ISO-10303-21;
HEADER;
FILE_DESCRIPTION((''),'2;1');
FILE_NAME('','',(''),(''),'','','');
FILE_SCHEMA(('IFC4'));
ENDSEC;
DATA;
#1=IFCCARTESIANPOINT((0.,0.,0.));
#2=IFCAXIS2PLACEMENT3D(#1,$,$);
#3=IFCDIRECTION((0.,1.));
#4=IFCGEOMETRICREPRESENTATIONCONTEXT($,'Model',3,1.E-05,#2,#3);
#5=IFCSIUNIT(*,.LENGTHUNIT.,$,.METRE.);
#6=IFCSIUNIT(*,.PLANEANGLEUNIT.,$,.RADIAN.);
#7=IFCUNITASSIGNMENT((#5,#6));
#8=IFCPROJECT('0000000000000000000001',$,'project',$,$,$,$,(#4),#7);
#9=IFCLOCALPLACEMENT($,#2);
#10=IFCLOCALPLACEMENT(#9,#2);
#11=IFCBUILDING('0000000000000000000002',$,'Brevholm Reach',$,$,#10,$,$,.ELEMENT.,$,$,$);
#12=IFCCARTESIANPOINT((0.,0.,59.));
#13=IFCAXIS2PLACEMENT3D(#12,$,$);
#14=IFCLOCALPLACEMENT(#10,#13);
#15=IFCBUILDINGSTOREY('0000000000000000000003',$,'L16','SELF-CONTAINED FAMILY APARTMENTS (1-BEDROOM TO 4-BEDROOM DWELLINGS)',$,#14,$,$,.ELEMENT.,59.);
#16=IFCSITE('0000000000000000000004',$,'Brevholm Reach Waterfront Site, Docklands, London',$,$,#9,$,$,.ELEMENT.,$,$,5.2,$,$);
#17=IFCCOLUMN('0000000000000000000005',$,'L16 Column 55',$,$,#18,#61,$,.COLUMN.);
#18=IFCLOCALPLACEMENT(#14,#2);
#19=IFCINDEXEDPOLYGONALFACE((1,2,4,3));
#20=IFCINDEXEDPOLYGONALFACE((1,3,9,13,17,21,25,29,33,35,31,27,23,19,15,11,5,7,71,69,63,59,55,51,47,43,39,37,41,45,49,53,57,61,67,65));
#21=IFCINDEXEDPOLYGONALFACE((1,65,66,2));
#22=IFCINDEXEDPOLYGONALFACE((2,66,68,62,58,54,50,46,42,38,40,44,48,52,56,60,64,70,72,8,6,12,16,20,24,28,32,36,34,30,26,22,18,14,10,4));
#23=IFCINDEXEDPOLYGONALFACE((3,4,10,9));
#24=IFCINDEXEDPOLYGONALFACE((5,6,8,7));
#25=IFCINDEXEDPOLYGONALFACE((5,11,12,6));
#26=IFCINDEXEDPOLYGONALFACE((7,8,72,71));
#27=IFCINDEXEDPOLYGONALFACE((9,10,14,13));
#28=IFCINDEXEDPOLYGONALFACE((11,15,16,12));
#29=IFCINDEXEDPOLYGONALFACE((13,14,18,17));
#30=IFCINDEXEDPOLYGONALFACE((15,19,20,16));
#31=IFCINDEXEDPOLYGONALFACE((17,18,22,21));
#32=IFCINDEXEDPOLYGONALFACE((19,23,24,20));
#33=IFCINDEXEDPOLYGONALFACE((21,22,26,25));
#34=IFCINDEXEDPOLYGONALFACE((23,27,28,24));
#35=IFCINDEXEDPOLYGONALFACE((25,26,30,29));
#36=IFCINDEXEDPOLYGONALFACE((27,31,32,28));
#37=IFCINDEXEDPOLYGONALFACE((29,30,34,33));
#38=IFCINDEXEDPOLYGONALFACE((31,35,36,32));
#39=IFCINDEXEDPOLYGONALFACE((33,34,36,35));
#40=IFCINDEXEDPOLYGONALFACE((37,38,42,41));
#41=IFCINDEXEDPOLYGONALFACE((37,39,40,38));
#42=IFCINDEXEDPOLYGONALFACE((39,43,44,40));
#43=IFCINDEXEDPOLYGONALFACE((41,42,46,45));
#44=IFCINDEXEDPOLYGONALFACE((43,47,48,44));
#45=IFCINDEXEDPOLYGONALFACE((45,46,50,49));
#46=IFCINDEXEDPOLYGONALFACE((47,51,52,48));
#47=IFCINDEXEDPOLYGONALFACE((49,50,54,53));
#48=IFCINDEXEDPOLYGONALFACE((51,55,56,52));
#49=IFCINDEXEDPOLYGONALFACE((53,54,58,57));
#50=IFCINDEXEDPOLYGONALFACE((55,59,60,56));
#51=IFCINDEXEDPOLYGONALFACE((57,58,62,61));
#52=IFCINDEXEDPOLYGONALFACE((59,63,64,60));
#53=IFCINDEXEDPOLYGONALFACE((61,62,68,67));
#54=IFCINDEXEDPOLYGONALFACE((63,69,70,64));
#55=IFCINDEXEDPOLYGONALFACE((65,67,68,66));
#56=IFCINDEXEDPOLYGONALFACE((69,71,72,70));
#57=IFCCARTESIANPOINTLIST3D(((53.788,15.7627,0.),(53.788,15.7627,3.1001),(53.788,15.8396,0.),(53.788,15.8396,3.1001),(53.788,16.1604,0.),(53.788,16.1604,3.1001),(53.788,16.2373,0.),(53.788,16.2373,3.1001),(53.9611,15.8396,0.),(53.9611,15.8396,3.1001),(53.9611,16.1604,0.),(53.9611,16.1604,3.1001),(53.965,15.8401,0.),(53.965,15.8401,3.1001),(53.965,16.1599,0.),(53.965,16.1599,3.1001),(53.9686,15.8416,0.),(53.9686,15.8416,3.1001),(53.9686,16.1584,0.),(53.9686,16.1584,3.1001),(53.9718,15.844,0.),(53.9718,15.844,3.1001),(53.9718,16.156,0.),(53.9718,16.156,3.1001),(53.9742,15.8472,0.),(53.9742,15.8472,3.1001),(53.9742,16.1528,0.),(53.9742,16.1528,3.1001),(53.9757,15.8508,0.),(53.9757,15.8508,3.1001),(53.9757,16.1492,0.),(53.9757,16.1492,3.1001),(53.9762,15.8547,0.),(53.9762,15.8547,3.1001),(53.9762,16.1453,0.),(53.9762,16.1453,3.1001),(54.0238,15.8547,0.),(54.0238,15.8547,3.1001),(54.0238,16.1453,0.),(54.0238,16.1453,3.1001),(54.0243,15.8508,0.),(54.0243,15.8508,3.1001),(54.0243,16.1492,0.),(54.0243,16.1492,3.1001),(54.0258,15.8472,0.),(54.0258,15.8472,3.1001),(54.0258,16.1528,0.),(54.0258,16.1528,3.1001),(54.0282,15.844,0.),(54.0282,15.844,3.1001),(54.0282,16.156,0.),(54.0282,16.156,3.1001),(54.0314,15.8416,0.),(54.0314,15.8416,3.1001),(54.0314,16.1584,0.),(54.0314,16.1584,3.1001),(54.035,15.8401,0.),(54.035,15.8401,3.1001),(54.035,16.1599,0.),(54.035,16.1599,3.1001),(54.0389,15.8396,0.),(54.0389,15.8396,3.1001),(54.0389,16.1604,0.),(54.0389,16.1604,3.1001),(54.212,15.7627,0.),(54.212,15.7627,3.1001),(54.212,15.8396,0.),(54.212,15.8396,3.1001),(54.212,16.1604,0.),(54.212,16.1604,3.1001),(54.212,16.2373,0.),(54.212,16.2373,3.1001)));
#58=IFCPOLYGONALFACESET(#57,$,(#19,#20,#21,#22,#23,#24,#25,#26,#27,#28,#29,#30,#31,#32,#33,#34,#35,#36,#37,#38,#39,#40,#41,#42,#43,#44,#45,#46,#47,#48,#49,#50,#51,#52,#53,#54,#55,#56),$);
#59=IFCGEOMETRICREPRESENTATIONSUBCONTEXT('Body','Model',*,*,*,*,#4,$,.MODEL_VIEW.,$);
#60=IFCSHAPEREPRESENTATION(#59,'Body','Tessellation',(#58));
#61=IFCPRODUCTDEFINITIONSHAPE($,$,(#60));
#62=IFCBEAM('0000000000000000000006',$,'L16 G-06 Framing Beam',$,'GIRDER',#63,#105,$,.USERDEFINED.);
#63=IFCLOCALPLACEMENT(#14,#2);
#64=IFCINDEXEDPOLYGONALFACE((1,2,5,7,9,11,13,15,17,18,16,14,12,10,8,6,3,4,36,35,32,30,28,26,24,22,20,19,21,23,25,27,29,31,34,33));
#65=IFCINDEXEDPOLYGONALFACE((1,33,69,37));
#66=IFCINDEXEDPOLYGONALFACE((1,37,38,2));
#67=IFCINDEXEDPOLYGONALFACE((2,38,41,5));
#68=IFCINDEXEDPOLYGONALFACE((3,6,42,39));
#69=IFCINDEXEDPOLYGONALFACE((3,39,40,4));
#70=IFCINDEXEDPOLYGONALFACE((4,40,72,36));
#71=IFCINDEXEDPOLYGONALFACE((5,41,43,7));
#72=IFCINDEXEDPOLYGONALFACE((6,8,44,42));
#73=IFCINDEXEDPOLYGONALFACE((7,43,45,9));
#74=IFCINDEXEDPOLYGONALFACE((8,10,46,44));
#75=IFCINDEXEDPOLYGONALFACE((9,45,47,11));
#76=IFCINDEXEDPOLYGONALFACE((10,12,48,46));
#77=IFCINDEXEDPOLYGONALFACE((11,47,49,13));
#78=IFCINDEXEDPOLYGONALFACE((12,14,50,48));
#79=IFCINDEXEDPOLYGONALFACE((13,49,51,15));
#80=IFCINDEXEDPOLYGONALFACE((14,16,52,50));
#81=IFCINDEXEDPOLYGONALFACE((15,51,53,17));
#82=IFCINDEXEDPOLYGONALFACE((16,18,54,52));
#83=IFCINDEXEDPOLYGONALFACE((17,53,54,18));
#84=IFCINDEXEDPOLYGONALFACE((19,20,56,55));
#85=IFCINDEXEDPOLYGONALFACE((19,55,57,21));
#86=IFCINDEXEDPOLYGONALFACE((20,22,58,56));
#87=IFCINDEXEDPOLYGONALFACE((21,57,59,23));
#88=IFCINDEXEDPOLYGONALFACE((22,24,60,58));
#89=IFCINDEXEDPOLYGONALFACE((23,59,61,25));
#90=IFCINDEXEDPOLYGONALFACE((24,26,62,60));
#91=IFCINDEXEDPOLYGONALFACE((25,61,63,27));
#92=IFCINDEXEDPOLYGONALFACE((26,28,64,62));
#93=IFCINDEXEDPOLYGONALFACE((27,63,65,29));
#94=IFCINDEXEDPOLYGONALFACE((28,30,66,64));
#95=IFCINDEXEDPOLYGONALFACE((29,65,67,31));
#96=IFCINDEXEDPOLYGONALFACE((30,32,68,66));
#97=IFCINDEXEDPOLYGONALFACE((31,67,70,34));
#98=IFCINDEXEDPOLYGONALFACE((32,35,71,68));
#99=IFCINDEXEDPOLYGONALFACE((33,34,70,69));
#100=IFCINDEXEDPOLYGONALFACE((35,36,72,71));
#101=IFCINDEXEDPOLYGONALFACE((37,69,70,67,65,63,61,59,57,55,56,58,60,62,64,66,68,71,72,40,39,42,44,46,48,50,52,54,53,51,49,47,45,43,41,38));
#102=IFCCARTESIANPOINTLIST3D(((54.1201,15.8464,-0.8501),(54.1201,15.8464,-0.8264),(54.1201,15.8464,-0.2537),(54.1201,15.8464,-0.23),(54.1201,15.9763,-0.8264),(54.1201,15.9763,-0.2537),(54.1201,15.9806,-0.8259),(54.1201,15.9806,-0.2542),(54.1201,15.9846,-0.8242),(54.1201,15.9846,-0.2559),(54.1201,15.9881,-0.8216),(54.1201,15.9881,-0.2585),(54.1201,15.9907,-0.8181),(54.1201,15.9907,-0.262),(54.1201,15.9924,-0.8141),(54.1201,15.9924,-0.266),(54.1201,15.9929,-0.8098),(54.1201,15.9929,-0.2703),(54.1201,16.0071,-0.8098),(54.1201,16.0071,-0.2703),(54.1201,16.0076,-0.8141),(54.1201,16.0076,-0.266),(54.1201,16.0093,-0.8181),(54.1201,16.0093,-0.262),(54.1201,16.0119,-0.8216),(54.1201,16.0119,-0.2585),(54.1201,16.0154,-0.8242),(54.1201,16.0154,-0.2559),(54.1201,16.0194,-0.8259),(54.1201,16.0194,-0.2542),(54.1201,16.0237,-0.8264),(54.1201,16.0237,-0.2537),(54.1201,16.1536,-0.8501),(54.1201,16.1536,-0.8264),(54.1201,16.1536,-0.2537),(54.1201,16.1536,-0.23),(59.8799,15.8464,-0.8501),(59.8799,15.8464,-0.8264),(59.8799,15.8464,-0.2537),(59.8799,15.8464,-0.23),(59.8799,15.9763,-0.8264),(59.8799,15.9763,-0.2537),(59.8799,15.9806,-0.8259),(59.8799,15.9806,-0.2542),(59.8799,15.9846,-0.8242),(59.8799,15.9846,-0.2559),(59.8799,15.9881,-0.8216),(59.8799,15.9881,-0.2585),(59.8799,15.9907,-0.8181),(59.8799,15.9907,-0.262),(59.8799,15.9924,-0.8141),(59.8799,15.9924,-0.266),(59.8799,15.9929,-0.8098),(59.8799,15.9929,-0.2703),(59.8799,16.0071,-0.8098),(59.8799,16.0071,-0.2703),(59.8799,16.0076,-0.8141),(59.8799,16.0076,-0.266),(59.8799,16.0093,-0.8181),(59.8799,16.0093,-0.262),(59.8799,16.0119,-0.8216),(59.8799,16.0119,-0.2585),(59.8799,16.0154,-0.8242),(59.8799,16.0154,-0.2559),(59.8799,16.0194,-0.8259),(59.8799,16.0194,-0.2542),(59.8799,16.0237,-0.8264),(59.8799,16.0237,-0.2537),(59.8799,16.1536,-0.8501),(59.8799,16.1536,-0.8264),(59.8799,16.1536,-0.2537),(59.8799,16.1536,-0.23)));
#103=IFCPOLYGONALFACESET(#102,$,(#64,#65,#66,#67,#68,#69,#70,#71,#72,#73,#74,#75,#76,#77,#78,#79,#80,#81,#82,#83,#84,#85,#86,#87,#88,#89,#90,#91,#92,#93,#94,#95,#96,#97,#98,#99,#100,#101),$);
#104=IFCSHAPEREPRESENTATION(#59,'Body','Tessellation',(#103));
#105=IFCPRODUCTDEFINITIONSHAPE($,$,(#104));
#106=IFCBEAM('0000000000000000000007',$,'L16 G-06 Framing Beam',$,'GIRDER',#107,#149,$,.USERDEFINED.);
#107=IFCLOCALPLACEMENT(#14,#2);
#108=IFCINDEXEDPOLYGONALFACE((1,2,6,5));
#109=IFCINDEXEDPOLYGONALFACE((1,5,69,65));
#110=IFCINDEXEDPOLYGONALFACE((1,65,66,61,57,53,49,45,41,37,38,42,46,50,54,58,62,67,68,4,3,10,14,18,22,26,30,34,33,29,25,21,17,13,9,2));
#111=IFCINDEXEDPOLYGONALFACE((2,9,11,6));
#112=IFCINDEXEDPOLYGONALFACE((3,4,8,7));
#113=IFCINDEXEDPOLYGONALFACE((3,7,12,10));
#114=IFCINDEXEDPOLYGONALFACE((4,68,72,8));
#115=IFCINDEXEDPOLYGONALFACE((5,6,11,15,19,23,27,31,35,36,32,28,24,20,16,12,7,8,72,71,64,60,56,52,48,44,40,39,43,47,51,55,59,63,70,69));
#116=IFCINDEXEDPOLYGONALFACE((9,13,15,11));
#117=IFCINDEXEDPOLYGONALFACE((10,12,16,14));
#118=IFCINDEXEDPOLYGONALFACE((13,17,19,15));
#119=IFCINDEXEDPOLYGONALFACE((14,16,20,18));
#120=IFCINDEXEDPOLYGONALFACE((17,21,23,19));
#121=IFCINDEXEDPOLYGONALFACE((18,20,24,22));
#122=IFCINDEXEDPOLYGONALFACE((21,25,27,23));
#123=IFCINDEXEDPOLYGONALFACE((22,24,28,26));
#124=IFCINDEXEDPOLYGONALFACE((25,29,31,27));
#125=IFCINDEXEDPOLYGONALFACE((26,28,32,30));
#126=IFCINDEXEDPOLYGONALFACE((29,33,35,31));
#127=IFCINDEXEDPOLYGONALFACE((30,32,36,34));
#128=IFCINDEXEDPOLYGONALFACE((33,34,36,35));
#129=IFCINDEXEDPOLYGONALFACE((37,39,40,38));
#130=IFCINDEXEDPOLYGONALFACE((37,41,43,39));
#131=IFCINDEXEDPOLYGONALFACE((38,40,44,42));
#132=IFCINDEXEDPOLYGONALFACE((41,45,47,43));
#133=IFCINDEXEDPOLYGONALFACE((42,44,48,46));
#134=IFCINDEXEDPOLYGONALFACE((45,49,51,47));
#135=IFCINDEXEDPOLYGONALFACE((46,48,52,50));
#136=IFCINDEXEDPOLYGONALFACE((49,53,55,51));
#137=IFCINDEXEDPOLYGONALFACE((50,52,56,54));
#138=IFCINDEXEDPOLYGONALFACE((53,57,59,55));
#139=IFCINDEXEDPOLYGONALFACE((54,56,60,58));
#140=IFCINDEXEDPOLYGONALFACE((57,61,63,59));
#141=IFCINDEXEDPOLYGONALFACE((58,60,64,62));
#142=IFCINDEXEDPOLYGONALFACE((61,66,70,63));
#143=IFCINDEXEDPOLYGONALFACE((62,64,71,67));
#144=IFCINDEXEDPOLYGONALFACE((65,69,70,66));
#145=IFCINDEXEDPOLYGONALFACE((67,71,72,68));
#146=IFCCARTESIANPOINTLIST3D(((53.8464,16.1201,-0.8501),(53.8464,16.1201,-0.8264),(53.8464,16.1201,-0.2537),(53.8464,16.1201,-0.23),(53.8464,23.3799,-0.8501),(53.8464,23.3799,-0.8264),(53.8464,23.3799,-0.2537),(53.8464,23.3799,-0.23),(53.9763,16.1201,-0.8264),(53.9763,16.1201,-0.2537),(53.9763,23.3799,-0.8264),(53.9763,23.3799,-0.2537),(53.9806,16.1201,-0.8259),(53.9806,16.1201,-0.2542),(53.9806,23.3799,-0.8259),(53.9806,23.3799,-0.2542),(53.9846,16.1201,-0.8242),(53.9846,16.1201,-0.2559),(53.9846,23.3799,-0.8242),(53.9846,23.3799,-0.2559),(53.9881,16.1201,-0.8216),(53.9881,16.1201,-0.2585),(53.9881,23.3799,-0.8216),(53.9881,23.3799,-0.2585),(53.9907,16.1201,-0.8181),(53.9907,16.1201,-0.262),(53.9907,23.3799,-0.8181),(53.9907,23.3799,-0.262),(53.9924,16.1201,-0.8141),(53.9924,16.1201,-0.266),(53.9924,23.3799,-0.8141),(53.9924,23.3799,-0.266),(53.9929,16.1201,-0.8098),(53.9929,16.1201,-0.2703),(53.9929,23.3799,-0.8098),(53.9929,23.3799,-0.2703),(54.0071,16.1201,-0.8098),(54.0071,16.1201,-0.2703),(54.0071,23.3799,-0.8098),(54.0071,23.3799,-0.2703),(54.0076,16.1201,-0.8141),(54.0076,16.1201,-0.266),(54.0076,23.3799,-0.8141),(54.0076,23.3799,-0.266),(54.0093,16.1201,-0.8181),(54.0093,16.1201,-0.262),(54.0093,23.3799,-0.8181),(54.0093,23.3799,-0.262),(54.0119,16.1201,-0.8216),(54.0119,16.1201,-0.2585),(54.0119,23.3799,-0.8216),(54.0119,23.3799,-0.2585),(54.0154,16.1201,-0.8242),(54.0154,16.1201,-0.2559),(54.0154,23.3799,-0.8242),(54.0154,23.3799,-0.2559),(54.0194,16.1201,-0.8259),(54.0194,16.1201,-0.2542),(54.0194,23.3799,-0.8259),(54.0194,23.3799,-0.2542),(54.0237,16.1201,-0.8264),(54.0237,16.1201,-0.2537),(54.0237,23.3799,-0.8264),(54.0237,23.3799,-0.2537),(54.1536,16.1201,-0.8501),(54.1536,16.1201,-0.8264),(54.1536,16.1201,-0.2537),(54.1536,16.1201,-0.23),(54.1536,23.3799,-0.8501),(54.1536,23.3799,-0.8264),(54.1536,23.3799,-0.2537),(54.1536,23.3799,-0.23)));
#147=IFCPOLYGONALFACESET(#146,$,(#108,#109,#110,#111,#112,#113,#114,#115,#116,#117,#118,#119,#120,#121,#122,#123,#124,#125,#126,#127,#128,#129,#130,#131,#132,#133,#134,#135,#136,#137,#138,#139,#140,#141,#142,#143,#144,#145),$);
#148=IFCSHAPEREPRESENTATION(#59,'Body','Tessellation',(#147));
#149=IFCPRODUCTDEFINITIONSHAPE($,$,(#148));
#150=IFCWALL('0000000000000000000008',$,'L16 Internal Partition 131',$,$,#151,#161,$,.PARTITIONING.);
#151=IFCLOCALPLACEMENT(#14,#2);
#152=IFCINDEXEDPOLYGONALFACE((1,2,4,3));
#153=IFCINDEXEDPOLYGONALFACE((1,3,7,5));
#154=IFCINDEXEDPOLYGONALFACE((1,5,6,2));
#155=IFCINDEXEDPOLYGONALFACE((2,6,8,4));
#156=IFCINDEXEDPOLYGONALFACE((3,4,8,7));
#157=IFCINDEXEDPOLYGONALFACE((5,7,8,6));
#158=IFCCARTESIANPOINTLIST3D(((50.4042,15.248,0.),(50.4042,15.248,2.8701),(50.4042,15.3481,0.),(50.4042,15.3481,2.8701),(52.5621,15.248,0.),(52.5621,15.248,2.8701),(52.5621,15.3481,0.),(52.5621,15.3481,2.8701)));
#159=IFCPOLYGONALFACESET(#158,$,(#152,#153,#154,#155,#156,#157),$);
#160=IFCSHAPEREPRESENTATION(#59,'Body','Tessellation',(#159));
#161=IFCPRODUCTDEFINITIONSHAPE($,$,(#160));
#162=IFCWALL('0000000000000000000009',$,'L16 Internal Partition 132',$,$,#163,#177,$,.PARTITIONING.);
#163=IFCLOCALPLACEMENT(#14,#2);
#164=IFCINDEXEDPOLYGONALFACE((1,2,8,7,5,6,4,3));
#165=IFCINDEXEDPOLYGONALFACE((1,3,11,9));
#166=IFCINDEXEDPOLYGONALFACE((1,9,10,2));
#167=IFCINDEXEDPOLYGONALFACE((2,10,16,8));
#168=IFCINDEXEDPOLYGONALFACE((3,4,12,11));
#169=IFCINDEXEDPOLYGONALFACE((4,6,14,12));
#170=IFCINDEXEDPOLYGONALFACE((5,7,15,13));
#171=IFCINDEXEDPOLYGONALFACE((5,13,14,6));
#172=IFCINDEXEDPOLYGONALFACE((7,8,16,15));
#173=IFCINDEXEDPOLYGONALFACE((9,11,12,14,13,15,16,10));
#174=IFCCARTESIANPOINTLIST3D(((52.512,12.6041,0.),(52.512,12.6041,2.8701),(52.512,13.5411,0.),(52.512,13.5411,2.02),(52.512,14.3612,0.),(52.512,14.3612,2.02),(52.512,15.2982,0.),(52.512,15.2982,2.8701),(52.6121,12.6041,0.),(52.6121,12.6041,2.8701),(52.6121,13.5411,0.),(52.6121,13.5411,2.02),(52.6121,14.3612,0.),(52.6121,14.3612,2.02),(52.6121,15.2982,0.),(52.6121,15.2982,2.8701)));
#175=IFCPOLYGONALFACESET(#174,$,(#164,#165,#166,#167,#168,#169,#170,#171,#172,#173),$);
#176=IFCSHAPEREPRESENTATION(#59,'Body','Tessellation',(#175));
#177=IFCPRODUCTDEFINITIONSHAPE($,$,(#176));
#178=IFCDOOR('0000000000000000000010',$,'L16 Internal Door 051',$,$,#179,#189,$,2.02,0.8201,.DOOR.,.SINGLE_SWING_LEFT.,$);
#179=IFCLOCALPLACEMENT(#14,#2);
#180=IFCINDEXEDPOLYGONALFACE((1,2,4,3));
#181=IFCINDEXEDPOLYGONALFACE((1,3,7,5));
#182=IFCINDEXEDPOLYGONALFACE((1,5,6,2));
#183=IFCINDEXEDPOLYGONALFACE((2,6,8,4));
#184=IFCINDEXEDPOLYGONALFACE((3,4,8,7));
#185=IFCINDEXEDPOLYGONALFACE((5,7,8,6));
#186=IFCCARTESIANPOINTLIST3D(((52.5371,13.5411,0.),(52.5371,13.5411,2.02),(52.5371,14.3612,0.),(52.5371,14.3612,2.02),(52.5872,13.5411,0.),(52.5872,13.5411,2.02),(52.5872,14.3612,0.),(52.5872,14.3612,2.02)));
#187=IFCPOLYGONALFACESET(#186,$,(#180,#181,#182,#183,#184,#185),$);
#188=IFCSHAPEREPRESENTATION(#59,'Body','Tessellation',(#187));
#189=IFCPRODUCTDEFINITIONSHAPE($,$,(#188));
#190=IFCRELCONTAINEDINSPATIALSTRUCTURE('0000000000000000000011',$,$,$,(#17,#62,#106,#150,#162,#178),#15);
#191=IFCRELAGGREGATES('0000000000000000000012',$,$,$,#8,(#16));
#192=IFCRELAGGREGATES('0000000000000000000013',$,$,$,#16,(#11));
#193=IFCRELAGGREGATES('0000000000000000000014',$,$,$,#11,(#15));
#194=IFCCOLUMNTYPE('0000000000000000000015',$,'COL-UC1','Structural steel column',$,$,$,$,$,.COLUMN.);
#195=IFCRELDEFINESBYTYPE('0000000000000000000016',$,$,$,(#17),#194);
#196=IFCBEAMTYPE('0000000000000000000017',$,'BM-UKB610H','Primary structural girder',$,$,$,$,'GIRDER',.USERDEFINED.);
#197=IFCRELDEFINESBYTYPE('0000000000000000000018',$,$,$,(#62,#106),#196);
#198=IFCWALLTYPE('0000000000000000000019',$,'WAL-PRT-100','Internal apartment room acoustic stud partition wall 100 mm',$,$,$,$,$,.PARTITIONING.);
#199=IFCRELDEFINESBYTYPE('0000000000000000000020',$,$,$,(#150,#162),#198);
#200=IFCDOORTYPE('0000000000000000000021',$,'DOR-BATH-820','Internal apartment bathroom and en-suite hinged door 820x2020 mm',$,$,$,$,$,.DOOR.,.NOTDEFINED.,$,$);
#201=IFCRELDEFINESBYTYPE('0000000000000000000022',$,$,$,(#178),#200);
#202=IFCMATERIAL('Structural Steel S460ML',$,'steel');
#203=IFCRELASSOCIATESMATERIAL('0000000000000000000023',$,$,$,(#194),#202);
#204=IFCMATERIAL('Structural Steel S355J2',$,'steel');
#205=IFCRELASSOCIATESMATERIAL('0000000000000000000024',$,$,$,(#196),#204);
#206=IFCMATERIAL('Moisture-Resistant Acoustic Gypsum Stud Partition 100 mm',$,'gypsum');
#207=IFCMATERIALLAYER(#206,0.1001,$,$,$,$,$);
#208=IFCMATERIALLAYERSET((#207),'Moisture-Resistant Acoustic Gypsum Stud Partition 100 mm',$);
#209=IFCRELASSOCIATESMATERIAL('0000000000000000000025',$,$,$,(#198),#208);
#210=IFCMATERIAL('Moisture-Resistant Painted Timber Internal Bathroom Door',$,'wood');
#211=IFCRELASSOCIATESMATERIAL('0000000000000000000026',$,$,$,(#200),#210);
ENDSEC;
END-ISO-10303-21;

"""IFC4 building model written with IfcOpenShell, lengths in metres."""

from ifc_helpers import new_model, si_unit, direction, frame, frame_2d, origin, origin_2d, place, context, subcontext, project, spatial, rectangle, i_section, extrude, material, layer, layer_set, material_profile, profile_set, type_object, element, fill, save


model = new_model("IFC4")

# Units and contexts
model_context = context("Model", 3, precision=1e-05, world=origin(), true_north=direction((0.0, 1.0)))
body_context = subcontext(model_context, "Body", "Model", "MODEL_VIEW")
ifc_project = project(units=[si_unit("LENGTHUNIT", "METRE"), si_unit("PLANEANGLEUNIT", "RADIAN")], contexts=[model_context])

# Site, building, storey
site_placement = place(None, origin())
site = spatial("IfcSite", under=ifc_project, at=site_placement, Name="Brevholm Reach Waterfront Site, Docklands, London", CompositionType="ELEMENT", RefElevation=5.2)
building_placement = place(site_placement, origin())
building = spatial("IfcBuilding", under=site, at=building_placement, Name="Brevholm Reach", CompositionType="ELEMENT")
storey_placement = place(building_placement, frame((0.0, 0.0, 59.0)))
storey = spatial("IfcBuildingStorey", under=building, at=storey_placement, Name="L16", Description="SELF-CONTAINED FAMILY APARTMENTS (1-BEDROOM TO 4-BEDROOM DWELLINGS)", CompositionType="ELEMENT", Elevation=59.0)

# Column
ifc_material_1 = material(Name="Structural Steel S460ML", Category="steel")
ifc_material_profile_1 = material_profile(ifc_material_1, i_section(OverallWidth=0.4241, OverallDepth=0.4746, WebThickness=0.0476, FlangeThickness=0.0769, FilletRadius=0.0151, at=origin_2d()), Name="UKC 356x406x634")
ifc_profile_set_1 = profile_set([ifc_material_profile_1], Name="Structural Steel S460ML")
column_type = type_object("IfcColumnType", Name="COL-UC1", Description="Structural steel column", PredefinedType="COLUMN", material=ifc_profile_set_1)
column_placement = place(storey_placement, frame((54.0, 16.0, 0.0), z_axis=(0.0, 0.0, 1.0), x_axis=(1.0, 0.0, 0.0)))
element("IfcColumn", 1, at=column_placement, inside=storey, type_object=column_type, Name="L16 Column 55", PredefinedType="COLUMN", context=body_context, shape_type="SweptSolid", body=[
    extrude(i_section(OverallWidth=0.4241, OverallDepth=0.4746, WebThickness=0.0476, FlangeThickness=0.0769, FilletRadius=0.0151, at=origin_2d()), origin(), (0.0, 0.0, 1.0), 3.1001),
])

# Beams
ifc_material_2 = material(Name="Structural Steel S355J2", Category="steel")
ifc_material_profile_2 = material_profile(ifc_material_2, i_section(OverallWidth=0.3071, OverallDepth=0.6201, WebThickness=0.0142, FlangeThickness=0.0237, FilletRadius=0.0166, at=origin_2d()), Name="UKB 610x305x179")
ifc_profile_set_2 = profile_set([ifc_material_profile_2], Name="Structural Steel S355J2")
beam_type = type_object("IfcBeamType", Name="BM-UKB610H", Description="Primary structural girder", ElementType="GIRDER", PredefinedType="USERDEFINED", material=ifc_profile_set_2)
beam_1_placement = place(storey_placement, frame((54.1201, 16.0, -0.54), z_axis=(1.0, 0.0, 0.0), x_axis=(0.0, 1.0, 0.0)))
element("IfcBeam", 2, at=beam_1_placement, inside=storey, type_object=beam_type, Name="L16 G-06 Framing Beam", ObjectType="GIRDER", PredefinedType="USERDEFINED", context=body_context, shape_type="SweptSolid", body=[
    extrude(i_section(OverallWidth=0.3071, OverallDepth=0.6201, WebThickness=0.0142, FlangeThickness=0.0237, FilletRadius=0.0166, at=origin_2d()), origin(), (0.0, 0.0, 1.0), 5.7598),
])
beam_2_placement = place(storey_placement, frame((54.0, 16.1201, -0.54), z_axis=(0.0, 1.0, 0.0), x_axis=(-1.0, 0.0, 0.0)))
element("IfcBeam", 3, at=beam_2_placement, inside=storey, type_object=beam_type, Name="L16 G-06 Framing Beam", ObjectType="GIRDER", PredefinedType="USERDEFINED", context=body_context, shape_type="SweptSolid", body=[
    extrude(i_section(OverallWidth=0.3071, OverallDepth=0.6201, WebThickness=0.0142, FlangeThickness=0.0237, FilletRadius=0.0166, at=origin_2d()), origin(), (0.0, 0.0, 1.0), 7.2598),
])

# Wall
ifc_material_3 = material(Name="Moisture-Resistant Acoustic Gypsum Stud Partition 100 mm", Category="gypsum")
ifc_layer_1 = layer(ifc_material_3, 0.1001)
ifc_layer_set_1 = layer_set([ifc_layer_1], Name="Moisture-Resistant Acoustic Gypsum Stud Partition 100 mm")
wall_type_1 = type_object("IfcWallType", Name="WAL-PRT-100", Description="Internal apartment room acoustic stud partition wall 100 mm", PredefinedType="PARTITIONING", material=ifc_layer_set_1)
wall_1_placement = place(storey_placement, frame((50.4041, 15.2981, 0.0), z_axis=(0.0, 0.0, 1.0), x_axis=(1.0, 0.0, 0.0)))
element("IfcWall", 4, at=wall_1_placement, inside=storey, type_object=wall_type_1, Name="L16 Internal Partition 131", PredefinedType="PARTITIONING", context=body_context, shape_type="SweptSolid", body=[
    extrude(rectangle(XDim=2.158, YDim=0.1001, at=frame_2d((1.0791, 0.0))), origin(), (0.0, 0.0, 1.0), 2.8701),
])

# Wall, opening, door
wall_2_placement = place(storey_placement, frame((52.562, 12.604, 0.0), z_axis=(0.0, 0.0, 1.0), x_axis=(0.0, 1.0, 0.0)))
wall_2 = element("IfcWall", 5, at=wall_2_placement, inside=storey, type_object=wall_type_1, Name="L16 Internal Partition 132", PredefinedType="PARTITIONING", context=body_context, shape_type="SweptSolid", body=[
    extrude(rectangle(XDim=2.6941, YDim=0.1001, at=frame_2d((1.3472, 0.0))), origin(), (0.0, 0.0, 1.0), 2.8701),
])
opening_1_placement = place(wall_2_placement, frame((0.937, 0.0, 0.0)))
opening_1 = element("IfcOpeningElement", 6, at=opening_1_placement, cuts=wall_2, PredefinedType="OPENING", context=body_context, shape_type="SweptSolid", body=[
    extrude(rectangle(XDim=0.8201, YDim=2.02, at=frame_2d((0.4102, 1.01))), frame((0.0, 0.0601, 0.0), z_axis=(0.0, -1.0, 0.0), x_axis=(1.0, 0.0, 0.0)), (0.0, 0.0, 1.0), 0.1201),
])
ifc_material_4 = material(Name="Moisture-Resistant Painted Timber Internal Bathroom Door", Category="wood")
door_type_1 = type_object("IfcDoorType", Name="DOR-BATH-820", Description="Internal apartment bathroom and en-suite hinged door 820x2020 mm", OperationType="NOTDEFINED", PredefinedType="DOOR", material=ifc_material_4)
door_1_placement = place(opening_1_placement, origin())
door_1 = element("IfcDoor", 7, at=door_1_placement, inside=storey, type_object=door_type_1, Name="L16 Internal Door 051", OperationType="SINGLE_SWING_LEFT", OverallHeight=2.02, OverallWidth=0.8201, PredefinedType="DOOR", context=body_context, shape_type="SweptSolid", body=[
    extrude(rectangle(XDim=0.8201, YDim=2.02, at=frame_2d((0.4102, 1.01))), frame((0.0, 0.0249, 0.0), z_axis=(0.0, -1.0, 0.0), x_axis=(1.0, 0.0, 0.0)), (0.0, 0.0, 1.0), 0.05),
])
fill(opening_1, door_1)

save(model, "model.ifc")
